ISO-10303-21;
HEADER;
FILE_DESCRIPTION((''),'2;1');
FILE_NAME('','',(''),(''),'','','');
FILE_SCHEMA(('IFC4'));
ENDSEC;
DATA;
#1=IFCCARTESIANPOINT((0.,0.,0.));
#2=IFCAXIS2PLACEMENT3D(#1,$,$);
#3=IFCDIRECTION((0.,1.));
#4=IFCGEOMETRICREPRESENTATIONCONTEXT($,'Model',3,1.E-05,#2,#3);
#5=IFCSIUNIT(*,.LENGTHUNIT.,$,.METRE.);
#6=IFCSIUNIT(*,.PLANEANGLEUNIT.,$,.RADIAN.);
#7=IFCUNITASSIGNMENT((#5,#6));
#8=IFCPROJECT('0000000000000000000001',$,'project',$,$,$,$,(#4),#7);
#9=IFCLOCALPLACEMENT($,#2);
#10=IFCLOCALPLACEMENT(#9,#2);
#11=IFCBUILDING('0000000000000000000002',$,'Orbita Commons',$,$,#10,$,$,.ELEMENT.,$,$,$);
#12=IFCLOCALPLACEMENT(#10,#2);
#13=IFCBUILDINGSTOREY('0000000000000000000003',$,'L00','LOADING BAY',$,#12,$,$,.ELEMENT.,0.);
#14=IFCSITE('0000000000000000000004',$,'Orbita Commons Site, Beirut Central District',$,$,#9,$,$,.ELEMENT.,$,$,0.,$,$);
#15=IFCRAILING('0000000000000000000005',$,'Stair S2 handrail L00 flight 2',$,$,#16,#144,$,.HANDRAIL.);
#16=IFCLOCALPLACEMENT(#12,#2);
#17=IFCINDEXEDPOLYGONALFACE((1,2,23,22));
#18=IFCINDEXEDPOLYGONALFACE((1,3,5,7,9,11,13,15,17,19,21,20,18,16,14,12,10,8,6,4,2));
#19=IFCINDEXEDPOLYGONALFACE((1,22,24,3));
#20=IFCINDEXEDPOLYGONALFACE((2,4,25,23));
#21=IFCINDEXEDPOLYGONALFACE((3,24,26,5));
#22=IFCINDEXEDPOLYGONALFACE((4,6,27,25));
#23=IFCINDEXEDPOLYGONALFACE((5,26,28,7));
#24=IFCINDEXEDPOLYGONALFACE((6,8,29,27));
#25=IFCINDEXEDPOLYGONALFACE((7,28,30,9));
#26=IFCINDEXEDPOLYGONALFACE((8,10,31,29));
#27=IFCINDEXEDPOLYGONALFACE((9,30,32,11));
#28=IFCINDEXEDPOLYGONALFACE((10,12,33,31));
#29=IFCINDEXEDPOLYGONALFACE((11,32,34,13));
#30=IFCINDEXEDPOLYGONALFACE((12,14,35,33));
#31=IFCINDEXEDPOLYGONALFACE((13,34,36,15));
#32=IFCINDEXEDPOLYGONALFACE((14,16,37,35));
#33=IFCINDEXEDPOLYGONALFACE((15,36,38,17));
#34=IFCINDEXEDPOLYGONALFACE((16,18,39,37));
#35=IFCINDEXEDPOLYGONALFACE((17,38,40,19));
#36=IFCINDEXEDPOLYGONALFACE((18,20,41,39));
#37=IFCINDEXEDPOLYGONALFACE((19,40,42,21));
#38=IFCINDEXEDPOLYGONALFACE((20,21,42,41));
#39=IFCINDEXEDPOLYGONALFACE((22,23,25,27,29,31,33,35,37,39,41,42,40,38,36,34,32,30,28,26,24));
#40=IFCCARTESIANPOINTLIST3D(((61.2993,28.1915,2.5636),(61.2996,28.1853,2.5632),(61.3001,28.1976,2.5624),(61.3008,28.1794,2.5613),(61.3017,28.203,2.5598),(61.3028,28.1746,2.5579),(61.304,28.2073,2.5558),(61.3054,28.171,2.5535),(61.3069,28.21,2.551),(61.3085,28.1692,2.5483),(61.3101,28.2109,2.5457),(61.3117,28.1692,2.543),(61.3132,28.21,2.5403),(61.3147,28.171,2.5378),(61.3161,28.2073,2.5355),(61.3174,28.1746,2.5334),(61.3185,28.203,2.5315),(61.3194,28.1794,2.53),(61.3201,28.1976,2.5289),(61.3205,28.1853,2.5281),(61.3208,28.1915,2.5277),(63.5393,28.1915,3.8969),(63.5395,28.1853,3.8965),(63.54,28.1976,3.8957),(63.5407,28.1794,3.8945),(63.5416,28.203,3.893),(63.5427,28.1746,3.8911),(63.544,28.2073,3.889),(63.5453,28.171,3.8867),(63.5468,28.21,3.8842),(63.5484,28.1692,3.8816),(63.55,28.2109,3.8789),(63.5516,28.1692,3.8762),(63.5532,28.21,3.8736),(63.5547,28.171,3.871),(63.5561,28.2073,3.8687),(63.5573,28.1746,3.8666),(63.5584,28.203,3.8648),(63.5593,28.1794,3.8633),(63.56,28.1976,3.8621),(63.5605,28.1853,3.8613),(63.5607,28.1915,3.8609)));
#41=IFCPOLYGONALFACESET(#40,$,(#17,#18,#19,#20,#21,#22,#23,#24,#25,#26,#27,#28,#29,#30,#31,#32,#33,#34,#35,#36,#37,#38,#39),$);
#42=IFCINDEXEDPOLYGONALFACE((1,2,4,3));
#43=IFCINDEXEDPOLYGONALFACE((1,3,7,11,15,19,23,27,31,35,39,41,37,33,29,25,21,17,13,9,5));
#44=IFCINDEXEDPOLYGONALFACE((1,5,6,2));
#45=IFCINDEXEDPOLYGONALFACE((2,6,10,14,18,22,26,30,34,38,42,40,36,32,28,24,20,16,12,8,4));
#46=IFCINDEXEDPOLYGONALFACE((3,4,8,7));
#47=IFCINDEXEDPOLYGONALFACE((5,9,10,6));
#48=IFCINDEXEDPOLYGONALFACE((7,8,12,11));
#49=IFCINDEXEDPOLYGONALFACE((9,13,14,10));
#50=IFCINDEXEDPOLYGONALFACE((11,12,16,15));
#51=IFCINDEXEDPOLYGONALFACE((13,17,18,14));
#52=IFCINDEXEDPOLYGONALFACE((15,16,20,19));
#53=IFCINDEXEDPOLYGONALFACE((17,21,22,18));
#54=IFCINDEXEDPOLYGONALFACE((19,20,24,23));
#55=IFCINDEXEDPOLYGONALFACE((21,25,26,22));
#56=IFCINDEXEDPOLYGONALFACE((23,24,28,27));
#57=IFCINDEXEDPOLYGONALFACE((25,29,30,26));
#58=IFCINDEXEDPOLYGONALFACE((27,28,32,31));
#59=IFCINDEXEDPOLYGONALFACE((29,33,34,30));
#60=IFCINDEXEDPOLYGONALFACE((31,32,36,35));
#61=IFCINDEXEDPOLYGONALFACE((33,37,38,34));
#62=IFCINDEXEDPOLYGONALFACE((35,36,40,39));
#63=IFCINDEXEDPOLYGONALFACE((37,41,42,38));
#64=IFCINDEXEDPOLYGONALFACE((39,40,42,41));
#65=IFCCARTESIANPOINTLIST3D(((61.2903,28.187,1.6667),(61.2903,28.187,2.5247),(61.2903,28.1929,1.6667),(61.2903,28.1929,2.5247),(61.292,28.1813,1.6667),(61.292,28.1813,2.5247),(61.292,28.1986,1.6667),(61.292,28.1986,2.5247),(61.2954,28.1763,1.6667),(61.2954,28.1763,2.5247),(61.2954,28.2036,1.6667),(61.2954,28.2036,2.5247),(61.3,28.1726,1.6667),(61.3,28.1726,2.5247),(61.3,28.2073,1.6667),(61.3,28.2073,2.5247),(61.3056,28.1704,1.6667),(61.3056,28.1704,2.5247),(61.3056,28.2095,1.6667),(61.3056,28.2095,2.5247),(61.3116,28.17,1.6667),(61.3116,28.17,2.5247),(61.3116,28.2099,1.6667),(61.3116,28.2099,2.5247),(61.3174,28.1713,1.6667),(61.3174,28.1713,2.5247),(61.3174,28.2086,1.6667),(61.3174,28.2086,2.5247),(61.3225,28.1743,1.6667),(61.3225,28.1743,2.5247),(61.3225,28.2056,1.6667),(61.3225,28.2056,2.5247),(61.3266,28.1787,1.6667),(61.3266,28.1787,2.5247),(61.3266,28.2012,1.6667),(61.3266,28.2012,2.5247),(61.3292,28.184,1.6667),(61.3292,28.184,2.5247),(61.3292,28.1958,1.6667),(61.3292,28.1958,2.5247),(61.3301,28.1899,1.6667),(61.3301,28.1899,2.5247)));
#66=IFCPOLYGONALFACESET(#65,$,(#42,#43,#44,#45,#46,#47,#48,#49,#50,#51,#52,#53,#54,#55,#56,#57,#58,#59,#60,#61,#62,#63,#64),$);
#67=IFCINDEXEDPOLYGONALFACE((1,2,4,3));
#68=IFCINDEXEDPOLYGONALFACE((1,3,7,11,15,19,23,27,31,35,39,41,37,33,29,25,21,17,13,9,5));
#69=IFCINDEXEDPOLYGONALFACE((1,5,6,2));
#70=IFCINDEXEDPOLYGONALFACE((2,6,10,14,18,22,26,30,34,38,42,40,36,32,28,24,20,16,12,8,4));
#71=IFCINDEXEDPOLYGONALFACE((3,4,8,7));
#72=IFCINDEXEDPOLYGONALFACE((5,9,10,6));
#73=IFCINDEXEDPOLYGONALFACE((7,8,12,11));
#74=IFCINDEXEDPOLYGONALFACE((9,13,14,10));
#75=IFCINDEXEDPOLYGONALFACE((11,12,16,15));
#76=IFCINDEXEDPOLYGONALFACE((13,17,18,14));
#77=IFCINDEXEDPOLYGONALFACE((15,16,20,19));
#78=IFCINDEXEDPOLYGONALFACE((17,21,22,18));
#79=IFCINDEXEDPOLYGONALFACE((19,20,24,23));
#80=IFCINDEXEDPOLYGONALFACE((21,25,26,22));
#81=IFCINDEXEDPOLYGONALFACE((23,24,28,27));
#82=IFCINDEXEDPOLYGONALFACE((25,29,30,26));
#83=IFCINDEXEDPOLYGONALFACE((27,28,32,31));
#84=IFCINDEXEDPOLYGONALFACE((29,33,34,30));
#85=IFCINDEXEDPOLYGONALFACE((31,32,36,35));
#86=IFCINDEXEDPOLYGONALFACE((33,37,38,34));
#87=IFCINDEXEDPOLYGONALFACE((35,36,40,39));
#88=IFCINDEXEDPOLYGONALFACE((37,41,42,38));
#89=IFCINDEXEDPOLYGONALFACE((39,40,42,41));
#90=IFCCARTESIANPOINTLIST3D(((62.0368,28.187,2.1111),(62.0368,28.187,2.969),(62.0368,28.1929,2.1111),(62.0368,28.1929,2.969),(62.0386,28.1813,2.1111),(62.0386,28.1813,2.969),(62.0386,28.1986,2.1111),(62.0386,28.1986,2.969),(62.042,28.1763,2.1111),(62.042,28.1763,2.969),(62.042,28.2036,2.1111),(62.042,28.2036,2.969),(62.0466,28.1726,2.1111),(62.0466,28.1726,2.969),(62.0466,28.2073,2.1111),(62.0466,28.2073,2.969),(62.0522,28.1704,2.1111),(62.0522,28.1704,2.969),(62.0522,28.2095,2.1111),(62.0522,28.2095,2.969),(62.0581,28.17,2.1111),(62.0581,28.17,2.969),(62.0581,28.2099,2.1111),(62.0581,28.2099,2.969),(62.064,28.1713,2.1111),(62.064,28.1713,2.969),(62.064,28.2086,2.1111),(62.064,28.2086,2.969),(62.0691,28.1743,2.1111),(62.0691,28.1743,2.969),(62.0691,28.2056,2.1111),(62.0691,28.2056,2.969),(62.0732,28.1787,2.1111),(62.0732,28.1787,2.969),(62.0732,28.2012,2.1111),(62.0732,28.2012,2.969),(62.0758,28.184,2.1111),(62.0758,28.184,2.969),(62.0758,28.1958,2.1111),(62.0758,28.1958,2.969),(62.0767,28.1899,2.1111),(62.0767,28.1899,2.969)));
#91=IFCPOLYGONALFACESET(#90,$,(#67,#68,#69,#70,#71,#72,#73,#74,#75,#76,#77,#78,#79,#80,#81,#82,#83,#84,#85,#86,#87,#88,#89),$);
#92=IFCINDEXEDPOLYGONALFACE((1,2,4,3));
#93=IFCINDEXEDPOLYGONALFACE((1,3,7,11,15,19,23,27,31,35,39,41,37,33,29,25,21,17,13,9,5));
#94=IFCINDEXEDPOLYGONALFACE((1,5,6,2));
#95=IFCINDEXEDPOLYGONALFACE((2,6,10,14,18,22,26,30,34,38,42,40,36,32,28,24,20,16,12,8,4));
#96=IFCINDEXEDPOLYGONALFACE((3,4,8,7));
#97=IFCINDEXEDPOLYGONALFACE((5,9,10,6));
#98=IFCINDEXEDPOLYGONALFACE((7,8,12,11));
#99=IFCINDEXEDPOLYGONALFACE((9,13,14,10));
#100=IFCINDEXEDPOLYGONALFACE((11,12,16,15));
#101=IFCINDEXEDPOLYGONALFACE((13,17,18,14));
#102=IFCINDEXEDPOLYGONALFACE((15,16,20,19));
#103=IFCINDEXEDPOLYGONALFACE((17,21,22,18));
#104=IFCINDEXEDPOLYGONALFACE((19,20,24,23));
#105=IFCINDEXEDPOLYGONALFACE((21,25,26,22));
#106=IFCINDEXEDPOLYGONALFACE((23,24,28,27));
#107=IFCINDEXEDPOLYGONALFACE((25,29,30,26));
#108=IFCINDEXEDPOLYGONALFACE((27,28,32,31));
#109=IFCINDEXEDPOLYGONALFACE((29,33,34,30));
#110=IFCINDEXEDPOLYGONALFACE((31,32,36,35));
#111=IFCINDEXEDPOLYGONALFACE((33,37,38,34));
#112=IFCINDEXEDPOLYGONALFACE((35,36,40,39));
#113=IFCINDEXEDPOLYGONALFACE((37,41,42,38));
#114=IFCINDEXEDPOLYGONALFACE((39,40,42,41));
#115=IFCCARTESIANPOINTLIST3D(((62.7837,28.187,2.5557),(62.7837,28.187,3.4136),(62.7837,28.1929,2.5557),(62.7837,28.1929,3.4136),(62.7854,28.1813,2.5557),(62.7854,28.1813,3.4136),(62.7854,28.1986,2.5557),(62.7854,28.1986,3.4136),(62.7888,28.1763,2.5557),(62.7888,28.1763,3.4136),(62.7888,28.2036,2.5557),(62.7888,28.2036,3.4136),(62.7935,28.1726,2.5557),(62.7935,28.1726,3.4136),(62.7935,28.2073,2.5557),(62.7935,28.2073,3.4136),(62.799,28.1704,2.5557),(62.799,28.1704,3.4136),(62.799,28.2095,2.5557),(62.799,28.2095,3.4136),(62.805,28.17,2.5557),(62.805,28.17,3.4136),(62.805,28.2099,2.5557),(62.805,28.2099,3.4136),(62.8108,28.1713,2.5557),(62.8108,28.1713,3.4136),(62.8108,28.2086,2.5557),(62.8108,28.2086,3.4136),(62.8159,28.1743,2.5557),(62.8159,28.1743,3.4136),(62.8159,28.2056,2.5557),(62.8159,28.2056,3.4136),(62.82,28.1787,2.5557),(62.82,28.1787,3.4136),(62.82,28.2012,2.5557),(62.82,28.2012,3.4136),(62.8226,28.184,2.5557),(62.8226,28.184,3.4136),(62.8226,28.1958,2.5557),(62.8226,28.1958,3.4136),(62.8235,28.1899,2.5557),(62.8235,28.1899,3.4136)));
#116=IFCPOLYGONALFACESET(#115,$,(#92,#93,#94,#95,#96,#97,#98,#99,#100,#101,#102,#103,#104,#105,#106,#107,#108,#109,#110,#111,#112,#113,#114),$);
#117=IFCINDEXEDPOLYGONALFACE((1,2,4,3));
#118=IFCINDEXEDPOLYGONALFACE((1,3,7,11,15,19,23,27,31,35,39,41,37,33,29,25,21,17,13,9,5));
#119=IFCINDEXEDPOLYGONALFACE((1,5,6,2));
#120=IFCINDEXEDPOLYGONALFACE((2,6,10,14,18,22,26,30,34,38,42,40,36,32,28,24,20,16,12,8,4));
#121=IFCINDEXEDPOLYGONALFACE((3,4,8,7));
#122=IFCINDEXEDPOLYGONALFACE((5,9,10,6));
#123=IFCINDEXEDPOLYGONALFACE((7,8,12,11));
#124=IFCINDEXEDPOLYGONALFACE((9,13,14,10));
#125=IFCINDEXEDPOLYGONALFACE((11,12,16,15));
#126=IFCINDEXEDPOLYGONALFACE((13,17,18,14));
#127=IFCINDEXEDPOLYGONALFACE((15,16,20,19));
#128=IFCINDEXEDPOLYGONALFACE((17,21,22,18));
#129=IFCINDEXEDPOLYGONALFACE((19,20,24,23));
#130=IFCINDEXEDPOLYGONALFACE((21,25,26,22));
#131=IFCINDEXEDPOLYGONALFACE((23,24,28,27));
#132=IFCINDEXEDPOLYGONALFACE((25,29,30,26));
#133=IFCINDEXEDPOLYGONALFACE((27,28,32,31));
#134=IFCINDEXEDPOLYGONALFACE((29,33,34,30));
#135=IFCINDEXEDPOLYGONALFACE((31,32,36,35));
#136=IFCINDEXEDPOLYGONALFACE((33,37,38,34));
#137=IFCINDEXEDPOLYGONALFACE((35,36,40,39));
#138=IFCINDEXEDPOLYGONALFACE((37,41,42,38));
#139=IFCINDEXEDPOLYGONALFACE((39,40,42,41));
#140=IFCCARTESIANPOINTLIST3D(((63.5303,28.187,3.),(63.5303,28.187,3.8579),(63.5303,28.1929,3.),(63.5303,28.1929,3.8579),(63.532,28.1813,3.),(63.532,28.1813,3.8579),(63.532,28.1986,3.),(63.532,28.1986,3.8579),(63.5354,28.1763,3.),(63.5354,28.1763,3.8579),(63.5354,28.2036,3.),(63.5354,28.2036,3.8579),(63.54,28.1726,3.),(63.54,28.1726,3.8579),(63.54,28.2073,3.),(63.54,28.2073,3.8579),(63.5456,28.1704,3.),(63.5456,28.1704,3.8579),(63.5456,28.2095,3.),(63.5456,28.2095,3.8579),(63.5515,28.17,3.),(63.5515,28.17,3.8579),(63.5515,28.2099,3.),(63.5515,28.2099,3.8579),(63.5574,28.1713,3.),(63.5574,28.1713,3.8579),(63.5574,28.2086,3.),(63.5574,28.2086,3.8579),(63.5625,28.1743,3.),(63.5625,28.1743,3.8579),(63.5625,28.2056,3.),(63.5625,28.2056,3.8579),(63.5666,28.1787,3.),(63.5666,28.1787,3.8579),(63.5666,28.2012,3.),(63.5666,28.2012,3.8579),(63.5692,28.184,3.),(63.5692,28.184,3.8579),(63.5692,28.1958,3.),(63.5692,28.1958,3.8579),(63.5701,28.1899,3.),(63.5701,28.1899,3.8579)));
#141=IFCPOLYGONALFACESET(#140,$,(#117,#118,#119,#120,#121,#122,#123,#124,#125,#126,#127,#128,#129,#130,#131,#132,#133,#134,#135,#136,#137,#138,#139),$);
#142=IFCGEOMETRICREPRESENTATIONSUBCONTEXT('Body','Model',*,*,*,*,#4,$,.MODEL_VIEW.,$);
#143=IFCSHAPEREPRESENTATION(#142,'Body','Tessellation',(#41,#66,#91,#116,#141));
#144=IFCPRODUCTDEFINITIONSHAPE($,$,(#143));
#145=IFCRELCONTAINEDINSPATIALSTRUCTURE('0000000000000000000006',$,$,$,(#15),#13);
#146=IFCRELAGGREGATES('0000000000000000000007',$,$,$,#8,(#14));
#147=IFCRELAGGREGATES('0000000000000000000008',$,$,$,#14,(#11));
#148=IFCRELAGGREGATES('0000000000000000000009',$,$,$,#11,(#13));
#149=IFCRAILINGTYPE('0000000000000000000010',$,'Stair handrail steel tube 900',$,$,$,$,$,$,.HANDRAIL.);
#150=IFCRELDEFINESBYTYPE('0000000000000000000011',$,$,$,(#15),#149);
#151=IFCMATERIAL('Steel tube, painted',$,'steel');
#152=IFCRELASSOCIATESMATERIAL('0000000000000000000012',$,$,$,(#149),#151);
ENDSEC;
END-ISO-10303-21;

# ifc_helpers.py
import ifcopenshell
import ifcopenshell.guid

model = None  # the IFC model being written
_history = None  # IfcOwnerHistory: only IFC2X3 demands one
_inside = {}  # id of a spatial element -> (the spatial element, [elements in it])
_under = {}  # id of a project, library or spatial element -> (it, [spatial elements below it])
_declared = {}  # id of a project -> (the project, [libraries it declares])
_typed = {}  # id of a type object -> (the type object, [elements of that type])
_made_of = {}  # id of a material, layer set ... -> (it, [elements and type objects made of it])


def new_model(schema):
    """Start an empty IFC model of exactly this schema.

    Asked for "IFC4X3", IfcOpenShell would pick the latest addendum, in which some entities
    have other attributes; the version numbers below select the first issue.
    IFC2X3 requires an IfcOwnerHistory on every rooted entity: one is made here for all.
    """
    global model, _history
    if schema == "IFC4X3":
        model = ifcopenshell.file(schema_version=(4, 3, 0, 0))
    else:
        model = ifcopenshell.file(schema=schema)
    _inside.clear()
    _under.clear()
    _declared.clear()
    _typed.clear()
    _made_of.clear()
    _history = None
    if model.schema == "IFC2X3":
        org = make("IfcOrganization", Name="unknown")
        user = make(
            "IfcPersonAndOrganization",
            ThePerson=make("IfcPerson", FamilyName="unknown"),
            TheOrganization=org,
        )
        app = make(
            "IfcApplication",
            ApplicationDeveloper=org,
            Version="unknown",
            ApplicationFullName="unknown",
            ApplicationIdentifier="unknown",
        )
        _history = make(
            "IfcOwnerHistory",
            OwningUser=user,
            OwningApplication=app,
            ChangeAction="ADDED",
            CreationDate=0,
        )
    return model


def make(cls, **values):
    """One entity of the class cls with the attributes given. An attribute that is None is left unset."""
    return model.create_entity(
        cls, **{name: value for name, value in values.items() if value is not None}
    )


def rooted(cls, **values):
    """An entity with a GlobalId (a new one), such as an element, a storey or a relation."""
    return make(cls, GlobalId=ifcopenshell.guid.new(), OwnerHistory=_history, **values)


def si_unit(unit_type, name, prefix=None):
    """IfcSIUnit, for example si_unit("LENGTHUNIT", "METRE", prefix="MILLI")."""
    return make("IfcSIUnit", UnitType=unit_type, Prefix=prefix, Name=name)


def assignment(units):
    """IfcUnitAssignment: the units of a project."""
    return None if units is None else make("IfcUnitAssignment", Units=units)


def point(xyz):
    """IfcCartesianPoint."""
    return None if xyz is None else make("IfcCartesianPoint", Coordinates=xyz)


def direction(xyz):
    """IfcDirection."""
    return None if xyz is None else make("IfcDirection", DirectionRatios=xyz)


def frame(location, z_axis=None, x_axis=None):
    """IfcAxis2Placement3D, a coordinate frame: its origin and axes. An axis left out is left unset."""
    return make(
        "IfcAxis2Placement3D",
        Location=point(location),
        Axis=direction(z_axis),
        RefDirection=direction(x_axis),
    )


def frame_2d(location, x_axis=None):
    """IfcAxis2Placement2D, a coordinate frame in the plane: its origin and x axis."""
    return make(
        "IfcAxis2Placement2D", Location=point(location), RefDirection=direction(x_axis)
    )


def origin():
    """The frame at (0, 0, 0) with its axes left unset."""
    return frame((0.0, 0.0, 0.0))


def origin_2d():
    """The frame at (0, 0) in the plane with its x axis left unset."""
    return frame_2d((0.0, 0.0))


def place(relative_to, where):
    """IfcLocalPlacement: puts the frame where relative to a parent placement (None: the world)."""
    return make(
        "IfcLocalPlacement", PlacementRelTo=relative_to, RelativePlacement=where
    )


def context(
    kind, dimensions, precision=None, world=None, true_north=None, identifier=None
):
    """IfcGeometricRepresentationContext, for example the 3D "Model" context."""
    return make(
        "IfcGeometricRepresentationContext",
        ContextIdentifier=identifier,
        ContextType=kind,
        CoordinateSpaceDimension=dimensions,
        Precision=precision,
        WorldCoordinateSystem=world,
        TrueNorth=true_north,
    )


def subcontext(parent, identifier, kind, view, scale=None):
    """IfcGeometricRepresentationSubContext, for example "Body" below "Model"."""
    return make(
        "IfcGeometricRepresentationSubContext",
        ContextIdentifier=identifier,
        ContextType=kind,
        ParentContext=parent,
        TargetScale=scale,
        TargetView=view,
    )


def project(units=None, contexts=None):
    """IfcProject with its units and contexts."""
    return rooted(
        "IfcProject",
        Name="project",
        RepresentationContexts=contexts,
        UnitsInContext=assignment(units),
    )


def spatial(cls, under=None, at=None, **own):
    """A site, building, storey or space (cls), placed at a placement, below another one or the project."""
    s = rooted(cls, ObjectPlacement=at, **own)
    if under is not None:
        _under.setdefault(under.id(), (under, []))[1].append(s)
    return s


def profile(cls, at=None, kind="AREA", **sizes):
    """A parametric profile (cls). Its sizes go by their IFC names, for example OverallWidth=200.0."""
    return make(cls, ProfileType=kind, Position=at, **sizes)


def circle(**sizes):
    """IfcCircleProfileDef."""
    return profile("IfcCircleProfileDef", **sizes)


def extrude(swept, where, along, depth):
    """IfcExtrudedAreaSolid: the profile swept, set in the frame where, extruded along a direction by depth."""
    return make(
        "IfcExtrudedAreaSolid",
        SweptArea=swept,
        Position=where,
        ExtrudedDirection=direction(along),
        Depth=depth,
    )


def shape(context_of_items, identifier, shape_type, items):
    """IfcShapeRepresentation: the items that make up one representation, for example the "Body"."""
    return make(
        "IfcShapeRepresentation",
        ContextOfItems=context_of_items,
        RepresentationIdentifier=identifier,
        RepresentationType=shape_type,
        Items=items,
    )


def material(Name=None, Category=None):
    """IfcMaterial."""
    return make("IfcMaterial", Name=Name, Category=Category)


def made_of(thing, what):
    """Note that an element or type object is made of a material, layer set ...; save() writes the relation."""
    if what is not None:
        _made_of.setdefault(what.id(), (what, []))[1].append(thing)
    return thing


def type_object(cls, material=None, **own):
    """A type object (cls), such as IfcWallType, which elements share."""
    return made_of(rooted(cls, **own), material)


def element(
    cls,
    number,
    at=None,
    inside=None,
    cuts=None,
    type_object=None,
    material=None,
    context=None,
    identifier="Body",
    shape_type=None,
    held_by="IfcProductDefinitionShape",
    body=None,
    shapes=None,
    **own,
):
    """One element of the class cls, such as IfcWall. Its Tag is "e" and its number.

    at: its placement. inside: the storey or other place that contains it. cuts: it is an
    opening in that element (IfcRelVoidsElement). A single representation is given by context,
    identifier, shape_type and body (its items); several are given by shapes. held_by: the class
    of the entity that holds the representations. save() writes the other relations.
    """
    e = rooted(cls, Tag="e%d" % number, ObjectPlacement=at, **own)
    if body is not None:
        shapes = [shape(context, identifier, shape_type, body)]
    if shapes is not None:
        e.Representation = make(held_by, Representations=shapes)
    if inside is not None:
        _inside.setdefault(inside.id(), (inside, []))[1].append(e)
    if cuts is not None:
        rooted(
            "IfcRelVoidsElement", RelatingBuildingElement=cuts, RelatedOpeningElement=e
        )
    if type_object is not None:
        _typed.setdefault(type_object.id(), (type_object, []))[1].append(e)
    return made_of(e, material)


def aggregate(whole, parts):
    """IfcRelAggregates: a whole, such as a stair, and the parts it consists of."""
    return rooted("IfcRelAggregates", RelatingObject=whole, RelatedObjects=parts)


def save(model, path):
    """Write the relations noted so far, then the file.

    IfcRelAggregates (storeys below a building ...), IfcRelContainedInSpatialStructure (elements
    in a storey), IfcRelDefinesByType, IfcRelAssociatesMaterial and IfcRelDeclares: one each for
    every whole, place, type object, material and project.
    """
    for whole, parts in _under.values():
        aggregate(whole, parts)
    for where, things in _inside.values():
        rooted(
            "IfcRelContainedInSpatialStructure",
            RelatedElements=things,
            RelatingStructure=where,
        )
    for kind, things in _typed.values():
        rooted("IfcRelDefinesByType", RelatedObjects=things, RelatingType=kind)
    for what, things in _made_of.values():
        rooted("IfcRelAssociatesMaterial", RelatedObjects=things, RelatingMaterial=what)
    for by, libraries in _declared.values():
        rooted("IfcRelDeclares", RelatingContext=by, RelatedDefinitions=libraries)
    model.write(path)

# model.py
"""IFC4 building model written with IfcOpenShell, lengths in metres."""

from ifc_helpers import new_model, si_unit, direction, frame, origin, origin_2d, place, context, subcontext, project, spatial, circle, extrude, material, type_object, element, save


model = new_model("IFC4")

# Units and contexts
model_context = context("Model", 3, precision=1e-05, world=origin(), true_north=direction((0.0, 1.0)))
body_context = subcontext(model_context, "Body", "Model", "MODEL_VIEW")
ifc_project = project(units=[si_unit("LENGTHUNIT", "METRE"), si_unit("PLANEANGLEUNIT", "RADIAN")], contexts=[model_context])

# Site, building, storey
site_placement = place(None, origin())
site = spatial("IfcSite", under=ifc_project, at=site_placement, Name="Orbita Commons Site, Beirut Central District", CompositionType="ELEMENT", RefElevation=0.0)
building_placement = place(site_placement, origin())
building = spatial("IfcBuilding", under=site, at=building_placement, Name="Orbita Commons", CompositionType="ELEMENT")
storey_placement = place(building_placement, origin())
storey = spatial("IfcBuildingStorey", under=building, at=storey_placement, Name="L00", Description="LOADING BAY", CompositionType="ELEMENT", Elevation=0.0)

# Railing
ifc_material_1 = material(Name="Steel tube, painted", Category="steel")
railing_type = type_object("IfcRailingType", Name="Stair handrail steel tube 900", PredefinedType="HANDRAIL", material=ifc_material_1)
for number, where, name in (
    (1, (61.3101, 28.1899, 1.6667), "Stair S2 handrail L00 flight 2"),
):
    element("IfcRailing", number, at=place(storey_placement, frame(where)), inside=storey, type_object=railing_type, Name=name, PredefinedType="HANDRAIL", context=body_context, shape_type="SweptSolid", body=[
        extrude(circle(Radius=0.021, at=origin_2d()), frame((0.0, 0.0, 0.8789), z_axis=(0.859306, 0.0, 0.511462), x_axis=(0.0, 1.0, 0.0)), (0.0, 0.0, 1.0), 2.6067),
        extrude(circle(Radius=0.02, at=origin_2d()), origin(), (0.0, 0.0, 1.0), 0.8579),
        extrude(circle(Radius=0.02, at=origin_2d()), frame((0.7466, 0.0, 0.4443)), (0.0, 0.0, 1.0), 0.8579),
        extrude(circle(Radius=0.02, at=origin_2d()), frame((1.4934, 0.0, 0.8889)), (0.0, 0.0, 1.0), 0.8579),
        extrude(circle(Radius=0.02, at=origin_2d()), frame((2.24, 0.0, 1.3333)), (0.0, 0.0, 1.0), 0.8579),
    ])

save(model, "model.ifc")
